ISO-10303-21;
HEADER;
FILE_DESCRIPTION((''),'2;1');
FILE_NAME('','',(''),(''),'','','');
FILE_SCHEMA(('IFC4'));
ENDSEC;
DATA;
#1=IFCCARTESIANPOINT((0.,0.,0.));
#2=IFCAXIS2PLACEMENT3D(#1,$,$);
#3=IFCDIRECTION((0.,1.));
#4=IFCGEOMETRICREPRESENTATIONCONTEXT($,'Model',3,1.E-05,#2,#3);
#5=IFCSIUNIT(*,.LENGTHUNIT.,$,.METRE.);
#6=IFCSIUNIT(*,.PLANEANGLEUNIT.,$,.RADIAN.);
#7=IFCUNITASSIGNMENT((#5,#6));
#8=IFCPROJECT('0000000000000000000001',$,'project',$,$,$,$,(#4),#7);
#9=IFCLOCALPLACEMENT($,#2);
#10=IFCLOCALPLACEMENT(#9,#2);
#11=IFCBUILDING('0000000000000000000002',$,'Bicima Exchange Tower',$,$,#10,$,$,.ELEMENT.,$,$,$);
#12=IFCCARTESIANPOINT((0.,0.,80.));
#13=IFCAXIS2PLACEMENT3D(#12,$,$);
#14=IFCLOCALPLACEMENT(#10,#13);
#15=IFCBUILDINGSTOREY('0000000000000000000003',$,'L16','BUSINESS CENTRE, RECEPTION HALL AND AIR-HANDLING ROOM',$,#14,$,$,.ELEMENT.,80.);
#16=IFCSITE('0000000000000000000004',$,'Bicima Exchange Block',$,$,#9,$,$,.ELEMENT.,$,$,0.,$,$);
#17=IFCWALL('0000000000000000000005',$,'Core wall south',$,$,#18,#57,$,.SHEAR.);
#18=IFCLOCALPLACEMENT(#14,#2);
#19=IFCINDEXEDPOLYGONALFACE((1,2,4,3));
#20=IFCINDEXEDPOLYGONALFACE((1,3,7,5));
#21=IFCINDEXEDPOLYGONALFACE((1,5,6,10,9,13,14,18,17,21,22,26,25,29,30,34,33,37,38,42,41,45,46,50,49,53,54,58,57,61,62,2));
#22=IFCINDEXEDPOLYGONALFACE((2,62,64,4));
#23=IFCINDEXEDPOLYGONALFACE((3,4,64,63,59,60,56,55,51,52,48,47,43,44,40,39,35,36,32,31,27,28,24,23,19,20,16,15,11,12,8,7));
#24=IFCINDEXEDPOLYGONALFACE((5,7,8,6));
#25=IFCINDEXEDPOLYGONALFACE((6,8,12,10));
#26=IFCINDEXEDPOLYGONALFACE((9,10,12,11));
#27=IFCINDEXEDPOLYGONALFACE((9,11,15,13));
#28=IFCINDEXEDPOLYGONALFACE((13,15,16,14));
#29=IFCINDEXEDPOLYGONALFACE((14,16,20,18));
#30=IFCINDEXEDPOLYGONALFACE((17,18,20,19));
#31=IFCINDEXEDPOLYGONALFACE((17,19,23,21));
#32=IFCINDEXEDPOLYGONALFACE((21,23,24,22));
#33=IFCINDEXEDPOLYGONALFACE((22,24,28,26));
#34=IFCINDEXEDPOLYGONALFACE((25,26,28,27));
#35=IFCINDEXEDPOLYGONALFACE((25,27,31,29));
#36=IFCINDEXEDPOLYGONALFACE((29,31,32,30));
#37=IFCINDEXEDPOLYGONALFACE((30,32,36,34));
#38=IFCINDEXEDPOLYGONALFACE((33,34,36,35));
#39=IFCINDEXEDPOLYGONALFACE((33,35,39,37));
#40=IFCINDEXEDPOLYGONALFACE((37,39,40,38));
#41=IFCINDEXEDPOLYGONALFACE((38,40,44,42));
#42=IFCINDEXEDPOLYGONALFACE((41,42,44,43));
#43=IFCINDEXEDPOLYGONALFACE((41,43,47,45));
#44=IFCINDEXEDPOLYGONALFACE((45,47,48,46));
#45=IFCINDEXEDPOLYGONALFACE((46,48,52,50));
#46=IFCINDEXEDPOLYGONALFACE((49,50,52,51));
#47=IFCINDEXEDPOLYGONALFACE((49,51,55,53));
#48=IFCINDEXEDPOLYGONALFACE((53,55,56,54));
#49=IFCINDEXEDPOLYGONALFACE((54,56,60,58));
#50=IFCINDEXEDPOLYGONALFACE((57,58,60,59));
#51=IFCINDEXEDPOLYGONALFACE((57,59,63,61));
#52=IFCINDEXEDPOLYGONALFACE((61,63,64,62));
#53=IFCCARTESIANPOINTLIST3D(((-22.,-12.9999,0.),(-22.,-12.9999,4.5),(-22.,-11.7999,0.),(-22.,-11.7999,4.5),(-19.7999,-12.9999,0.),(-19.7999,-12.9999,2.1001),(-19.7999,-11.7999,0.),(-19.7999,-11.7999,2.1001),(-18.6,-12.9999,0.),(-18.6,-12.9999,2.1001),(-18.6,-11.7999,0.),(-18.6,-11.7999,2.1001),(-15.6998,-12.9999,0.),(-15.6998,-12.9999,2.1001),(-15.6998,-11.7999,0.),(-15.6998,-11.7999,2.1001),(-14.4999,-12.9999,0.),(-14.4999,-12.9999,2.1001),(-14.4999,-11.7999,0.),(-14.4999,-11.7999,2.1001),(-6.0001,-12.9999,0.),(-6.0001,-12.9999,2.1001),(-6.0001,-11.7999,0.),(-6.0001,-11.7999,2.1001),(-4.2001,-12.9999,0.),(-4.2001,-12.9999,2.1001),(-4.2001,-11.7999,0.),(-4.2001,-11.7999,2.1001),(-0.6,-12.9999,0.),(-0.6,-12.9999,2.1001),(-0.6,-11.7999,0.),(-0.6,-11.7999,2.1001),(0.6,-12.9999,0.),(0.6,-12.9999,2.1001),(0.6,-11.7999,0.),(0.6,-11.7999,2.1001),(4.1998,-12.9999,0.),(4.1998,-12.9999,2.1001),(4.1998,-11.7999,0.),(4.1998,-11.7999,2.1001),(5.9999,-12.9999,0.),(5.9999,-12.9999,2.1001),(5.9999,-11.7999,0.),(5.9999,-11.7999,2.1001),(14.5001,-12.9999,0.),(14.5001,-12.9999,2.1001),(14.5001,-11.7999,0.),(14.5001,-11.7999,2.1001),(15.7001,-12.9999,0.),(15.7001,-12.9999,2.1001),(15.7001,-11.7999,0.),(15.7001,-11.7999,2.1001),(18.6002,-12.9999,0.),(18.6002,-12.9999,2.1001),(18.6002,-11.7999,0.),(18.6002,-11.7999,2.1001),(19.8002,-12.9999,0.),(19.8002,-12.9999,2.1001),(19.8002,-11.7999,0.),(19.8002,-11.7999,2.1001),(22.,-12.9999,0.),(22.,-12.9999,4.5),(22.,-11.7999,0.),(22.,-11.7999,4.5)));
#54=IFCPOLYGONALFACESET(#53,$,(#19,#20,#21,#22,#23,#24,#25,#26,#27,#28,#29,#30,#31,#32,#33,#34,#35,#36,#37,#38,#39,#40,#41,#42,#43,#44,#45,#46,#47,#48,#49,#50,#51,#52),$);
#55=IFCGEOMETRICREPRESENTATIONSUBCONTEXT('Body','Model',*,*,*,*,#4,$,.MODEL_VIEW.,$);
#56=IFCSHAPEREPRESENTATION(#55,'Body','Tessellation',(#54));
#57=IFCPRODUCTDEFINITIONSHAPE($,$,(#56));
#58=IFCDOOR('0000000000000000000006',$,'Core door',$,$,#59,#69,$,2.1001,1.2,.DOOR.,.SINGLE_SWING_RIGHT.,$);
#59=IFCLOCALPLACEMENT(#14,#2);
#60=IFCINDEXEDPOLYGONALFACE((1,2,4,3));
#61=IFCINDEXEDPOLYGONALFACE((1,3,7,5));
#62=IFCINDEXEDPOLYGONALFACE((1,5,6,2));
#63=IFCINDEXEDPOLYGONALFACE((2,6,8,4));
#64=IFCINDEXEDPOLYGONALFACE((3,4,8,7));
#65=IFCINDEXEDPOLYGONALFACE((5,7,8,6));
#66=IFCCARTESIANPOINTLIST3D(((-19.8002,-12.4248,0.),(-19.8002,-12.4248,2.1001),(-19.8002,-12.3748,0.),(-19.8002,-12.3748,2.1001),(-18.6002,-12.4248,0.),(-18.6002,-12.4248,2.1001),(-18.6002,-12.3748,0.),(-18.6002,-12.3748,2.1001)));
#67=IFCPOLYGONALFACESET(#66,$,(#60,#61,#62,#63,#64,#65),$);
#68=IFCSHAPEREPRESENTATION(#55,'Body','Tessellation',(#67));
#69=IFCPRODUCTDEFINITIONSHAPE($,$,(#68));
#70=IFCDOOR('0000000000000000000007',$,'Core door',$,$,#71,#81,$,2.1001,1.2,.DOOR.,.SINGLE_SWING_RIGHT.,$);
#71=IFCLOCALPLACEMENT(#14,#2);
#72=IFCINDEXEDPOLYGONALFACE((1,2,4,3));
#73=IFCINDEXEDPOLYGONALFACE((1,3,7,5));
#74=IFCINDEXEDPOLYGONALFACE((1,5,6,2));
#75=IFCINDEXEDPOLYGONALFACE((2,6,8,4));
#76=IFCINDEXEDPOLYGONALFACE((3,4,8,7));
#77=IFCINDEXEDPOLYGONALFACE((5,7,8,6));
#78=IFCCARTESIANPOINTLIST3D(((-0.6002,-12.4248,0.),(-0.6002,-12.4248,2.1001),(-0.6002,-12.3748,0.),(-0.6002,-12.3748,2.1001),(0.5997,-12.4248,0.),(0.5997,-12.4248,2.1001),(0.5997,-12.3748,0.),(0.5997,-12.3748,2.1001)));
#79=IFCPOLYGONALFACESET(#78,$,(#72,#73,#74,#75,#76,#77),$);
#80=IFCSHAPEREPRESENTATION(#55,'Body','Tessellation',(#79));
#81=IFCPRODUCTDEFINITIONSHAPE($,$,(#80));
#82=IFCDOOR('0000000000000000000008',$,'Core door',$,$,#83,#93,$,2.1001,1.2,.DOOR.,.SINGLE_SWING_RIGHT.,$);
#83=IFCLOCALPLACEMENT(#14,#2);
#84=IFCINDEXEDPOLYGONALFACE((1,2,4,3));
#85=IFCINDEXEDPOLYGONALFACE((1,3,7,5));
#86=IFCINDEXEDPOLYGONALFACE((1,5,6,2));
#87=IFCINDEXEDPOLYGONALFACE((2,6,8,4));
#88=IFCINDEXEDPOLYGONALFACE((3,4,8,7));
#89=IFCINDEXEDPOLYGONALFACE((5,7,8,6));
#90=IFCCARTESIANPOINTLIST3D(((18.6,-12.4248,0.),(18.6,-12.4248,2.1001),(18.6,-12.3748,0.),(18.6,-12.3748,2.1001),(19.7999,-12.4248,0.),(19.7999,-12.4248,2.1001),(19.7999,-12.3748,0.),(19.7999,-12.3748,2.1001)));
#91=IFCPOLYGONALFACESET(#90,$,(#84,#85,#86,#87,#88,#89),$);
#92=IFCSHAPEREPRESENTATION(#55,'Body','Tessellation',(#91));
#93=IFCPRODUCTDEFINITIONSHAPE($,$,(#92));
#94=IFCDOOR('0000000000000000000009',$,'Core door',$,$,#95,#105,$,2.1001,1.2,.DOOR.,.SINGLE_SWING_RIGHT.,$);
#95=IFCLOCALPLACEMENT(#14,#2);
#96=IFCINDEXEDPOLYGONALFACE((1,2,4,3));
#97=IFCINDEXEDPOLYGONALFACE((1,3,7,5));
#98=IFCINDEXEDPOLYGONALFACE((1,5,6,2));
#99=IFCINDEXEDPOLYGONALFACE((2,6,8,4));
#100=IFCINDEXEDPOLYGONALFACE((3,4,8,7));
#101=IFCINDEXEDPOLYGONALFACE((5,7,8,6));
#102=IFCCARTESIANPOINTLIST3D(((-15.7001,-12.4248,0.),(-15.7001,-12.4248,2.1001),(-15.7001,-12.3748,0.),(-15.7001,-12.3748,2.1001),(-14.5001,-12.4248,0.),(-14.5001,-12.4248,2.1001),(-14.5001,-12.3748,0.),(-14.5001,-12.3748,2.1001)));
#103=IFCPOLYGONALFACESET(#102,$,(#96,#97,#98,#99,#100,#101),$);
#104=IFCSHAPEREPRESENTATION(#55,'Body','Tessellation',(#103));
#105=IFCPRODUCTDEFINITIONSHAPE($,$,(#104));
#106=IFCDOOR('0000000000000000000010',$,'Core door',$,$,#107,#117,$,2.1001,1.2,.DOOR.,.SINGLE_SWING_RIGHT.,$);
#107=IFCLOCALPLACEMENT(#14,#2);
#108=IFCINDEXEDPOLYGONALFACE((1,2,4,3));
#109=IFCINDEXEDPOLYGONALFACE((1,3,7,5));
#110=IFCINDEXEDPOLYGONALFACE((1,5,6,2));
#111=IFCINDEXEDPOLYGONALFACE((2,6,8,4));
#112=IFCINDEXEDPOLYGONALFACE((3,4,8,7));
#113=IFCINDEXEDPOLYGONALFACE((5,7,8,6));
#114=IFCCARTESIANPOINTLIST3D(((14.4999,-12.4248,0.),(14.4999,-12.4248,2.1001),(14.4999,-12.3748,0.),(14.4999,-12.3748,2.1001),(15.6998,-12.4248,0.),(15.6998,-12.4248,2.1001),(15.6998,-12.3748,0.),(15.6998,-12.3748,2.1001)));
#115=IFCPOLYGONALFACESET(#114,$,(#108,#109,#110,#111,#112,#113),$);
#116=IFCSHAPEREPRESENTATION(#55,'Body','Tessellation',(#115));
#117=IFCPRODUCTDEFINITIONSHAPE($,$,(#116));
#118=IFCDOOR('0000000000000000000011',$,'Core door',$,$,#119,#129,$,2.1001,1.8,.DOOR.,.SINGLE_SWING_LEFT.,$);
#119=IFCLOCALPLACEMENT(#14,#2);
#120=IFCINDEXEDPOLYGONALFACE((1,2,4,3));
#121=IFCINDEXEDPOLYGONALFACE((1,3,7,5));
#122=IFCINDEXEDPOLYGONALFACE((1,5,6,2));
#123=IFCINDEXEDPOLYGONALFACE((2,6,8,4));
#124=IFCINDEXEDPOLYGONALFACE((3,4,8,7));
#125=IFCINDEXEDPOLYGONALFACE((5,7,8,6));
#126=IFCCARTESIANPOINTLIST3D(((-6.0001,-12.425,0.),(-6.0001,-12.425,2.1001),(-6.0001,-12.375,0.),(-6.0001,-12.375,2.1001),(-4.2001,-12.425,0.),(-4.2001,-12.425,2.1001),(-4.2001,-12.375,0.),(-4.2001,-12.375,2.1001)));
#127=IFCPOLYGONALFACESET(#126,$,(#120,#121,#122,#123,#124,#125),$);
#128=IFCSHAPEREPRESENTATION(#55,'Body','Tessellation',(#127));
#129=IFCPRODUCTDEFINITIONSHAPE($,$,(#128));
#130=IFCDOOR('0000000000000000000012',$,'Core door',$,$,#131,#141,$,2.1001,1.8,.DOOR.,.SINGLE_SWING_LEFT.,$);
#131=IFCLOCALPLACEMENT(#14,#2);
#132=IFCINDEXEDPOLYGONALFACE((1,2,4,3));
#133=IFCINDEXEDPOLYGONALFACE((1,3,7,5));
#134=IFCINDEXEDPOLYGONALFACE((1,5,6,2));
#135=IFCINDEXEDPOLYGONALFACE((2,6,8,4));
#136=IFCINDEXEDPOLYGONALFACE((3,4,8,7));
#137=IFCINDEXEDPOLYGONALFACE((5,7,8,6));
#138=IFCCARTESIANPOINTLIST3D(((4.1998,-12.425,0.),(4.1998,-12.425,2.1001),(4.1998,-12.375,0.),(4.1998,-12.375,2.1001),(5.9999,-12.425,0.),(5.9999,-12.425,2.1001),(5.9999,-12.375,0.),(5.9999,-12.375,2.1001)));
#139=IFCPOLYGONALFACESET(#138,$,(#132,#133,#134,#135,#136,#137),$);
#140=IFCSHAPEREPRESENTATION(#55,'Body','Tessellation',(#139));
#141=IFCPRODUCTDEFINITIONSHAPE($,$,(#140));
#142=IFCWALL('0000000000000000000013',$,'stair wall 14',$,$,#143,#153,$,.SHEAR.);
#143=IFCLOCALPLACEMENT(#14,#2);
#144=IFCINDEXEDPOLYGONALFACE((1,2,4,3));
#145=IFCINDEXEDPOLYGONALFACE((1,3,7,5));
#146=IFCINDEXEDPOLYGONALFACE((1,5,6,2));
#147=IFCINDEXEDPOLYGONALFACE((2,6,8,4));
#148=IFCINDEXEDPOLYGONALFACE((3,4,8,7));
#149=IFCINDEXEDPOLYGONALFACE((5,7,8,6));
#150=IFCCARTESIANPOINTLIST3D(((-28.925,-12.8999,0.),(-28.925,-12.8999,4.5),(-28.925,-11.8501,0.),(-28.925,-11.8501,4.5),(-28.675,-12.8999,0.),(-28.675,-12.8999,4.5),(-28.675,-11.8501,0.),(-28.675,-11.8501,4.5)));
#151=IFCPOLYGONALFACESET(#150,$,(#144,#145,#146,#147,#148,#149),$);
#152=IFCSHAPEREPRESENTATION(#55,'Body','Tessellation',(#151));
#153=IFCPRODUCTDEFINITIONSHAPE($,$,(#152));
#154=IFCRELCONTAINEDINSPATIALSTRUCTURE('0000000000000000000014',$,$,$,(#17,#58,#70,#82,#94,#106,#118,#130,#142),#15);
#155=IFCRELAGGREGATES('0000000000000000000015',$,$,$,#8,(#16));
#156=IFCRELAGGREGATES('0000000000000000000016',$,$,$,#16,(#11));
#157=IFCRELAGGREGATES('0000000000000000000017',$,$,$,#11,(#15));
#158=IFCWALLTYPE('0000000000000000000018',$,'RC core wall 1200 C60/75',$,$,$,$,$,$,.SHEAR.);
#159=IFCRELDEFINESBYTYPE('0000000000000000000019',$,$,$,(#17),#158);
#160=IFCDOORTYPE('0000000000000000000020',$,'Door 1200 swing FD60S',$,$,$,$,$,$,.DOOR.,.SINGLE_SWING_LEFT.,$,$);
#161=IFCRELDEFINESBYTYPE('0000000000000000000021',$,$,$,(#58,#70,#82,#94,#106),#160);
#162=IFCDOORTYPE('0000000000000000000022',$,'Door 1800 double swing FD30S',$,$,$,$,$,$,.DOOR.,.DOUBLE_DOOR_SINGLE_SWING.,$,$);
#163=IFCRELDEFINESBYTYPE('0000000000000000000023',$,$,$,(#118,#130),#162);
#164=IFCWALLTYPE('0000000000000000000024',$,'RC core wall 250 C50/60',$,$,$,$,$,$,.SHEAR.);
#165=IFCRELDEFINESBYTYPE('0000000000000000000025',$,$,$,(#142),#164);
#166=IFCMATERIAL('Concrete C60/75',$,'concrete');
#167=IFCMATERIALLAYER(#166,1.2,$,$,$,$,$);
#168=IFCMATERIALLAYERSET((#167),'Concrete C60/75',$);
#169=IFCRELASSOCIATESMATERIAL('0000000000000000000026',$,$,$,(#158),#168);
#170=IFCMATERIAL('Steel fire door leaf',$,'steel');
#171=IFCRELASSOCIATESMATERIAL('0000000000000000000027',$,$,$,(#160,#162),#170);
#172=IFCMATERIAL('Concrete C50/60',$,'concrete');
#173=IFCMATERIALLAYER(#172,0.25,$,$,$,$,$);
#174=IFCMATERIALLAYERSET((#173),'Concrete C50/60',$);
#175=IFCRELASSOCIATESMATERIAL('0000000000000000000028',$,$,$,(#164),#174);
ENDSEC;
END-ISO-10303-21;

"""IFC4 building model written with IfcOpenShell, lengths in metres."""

from ifc_helpers import new_model, si_unit, direction, frame, frame_2d, origin, place, context, subcontext, project, spatial, rectangle, extrude, material, layer, layer_set, type_object, element, fill, save


model = new_model("IFC4")

# Units and contexts
model_context = context("Model", 3, precision=1e-05, world=origin(), true_north=direction((0.0, 1.0)))
body_context = subcontext(model_context, "Body", "Model", "MODEL_VIEW")
ifc_project = project(units=[si_unit("LENGTHUNIT", "METRE"), si_unit("PLANEANGLEUNIT", "RADIAN")], contexts=[model_context])

# Site, building, storey
site_placement = place(None, origin())
site = spatial("IfcSite", under=ifc_project, at=site_placement, Name="Bicima Exchange Block", CompositionType="ELEMENT", RefElevation=0.0)
building_placement = place(site_placement, origin())
building = spatial("IfcBuilding", under=site, at=building_placement, Name="Bicima Exchange Tower", CompositionType="ELEMENT")
storey_placement = place(building_placement, frame((0.0, 0.0, 80.0)))
storey = spatial("IfcBuildingStorey", under=building, at=storey_placement, Name="L16", Description="BUSINESS CENTRE, RECEPTION HALL AND AIR-HANDLING ROOM", CompositionType="ELEMENT", Elevation=80.0)

# Shared definitions
ifc_material_1 = material(Name="Steel fire door leaf", Category="steel")

# Wall, openings, doors
ifc_material_2 = material(Name="Concrete C60/75", Category="concrete")
ifc_layer_1 = layer(ifc_material_2, 1.2)
ifc_layer_set_1 = layer_set([ifc_layer_1], Name="Concrete C60/75")
wall_type_1 = type_object("IfcWallType", Name="RC core wall 1200 C60/75", PredefinedType="SHEAR", material=ifc_layer_set_1)
wall_1_placement = place(storey_placement, frame((-22.0, -12.3999, 0.0), z_axis=(0.0, 0.0, 1.0), x_axis=(1.0, 0.0, 0.0)))
wall_1 = element("IfcWall", 1, at=wall_1_placement, inside=storey, type_object=wall_type_1, Name="Core wall south", PredefinedType="SHEAR", context=body_context, shape_type="SweptSolid", body=[
    extrude(rectangle(XDim=44.0, YDim=1.2, at=frame_2d((22.0, 0.0))), origin(), (0.0, 0.0, 1.0), 4.5),
])
opening_1_placement = place(wall_1_placement, frame((2.2, 0.0, 0.0)))
opening_1 = element("IfcOpeningElement", 2, at=opening_1_placement, cuts=wall_1, PredefinedType="OPENING", context=body_context, shape_type="SweptSolid", body=[
    extrude(rectangle(XDim=1.2, YDim=2.1001, at=frame_2d((0.6001, 1.05))), frame((0.0, 0.6118, 0.0), z_axis=(0.0, -1.0, 0.0), x_axis=(1.0, 0.0, 0.0)), (0.0, 0.0, 1.0), 1.2239),
])
opening_2_placement = place(wall_1_placement, frame((21.3999, 0.0, 0.0)))
opening_2 = element("IfcOpeningElement", 3, at=opening_2_placement, cuts=wall_1, PredefinedType="OPENING", context=body_context, shape_type="SweptSolid", body=[
    extrude(rectangle(XDim=1.2, YDim=2.1001, at=frame_2d((0.6001, 1.05))), frame((0.0, 0.6118, 0.0), z_axis=(0.0, -1.0, 0.0), x_axis=(1.0, 0.0, 0.0)), (0.0, 0.0, 1.0), 1.2239),
])
opening_3_placement = place(wall_1_placement, frame((40.6001, 0.0, 0.0)))
opening_3 = element("IfcOpeningElement", 4, at=opening_3_placement, cuts=wall_1, PredefinedType="OPENING", context=body_context, shape_type="SweptSolid", body=[
    extrude(rectangle(XDim=1.2, YDim=2.1001, at=frame_2d((0.6001, 1.05))), frame((0.0, 0.6118, 0.0), z_axis=(0.0, -1.0, 0.0), x_axis=(1.0, 0.0, 0.0)), (0.0, 0.0, 1.0), 1.2239),
])
opening_4_placement = place(wall_1_placement, frame((16.0, 0.0, 0.0)))
opening_4 = element("IfcOpeningElement", 5, at=opening_4_placement, cuts=wall_1, PredefinedType="OPENING", context=body_context, shape_type="SweptSolid", body=[
    extrude(rectangle(XDim=1.8, YDim=2.1001, at=frame_2d((0.8999, 1.05))), frame((0.0, 0.6118, 0.0), z_axis=(0.0, -1.0, 0.0), x_axis=(1.0, 0.0, 0.0)), (0.0, 0.0, 1.0), 1.2239),
])
opening_5_placement = place(wall_1_placement, frame((6.3, 0.0, 0.0)))
opening_5 = element("IfcOpeningElement", 6, at=opening_5_placement, cuts=wall_1, PredefinedType="OPENING", context=body_context, shape_type="SweptSolid", body=[
    extrude(rectangle(XDim=1.2, YDim=2.1001, at=frame_2d((0.6001, 1.05))), frame((0.0, 0.6118, 0.0), z_axis=(0.0, -1.0, 0.0), x_axis=(1.0, 0.0, 0.0)), (0.0, 0.0, 1.0), 1.2239),
])
opening_6_placement = place(wall_1_placement, frame((26.2, 0.0, 0.0)))
opening_6 = element("IfcOpeningElement", 7, at=opening_6_placement, cuts=wall_1, PredefinedType="OPENING", context=body_context, shape_type="SweptSolid", body=[
    extrude(rectangle(XDim=1.8, YDim=2.1001, at=frame_2d((0.8999, 1.05))), frame((0.0, 0.6118, 0.0), z_axis=(0.0, -1.0, 0.0), x_axis=(1.0, 0.0, 0.0)), (0.0, 0.0, 1.0), 1.2239),
])
opening_7_placement = place(wall_1_placement, frame((36.5, 0.0, 0.0)))
opening_7 = element("IfcOpeningElement", 8, at=opening_7_placement, cuts=wall_1, PredefinedType="OPENING", context=body_context, shape_type="SweptSolid", body=[
    extrude(rectangle(XDim=1.2, YDim=2.1001, at=frame_2d((0.6001, 1.05))), frame((0.0, 0.6118, 0.0), z_axis=(0.0, -1.0, 0.0), x_axis=(1.0, 0.0, 0.0)), (0.0, 0.0, 1.0), 1.2239),
])
door_type_1 = type_object("IfcDoorType", Name="Door 1200 swing FD60S", OperationType="SINGLE_SWING_LEFT", PredefinedType="DOOR", material=ifc_material_1)
door_1_placement = place(opening_1_placement, frame((1.2, 0.0, 0.0), z_axis=(0.0, 0.0, 1.0), x_axis=(-1.0, 0.0, 0.0)))
door_1 = element("IfcDoor", 9, at=door_1_placement, inside=storey, type_object=door_type_1, Name="Core door", OperationType="SINGLE_SWING_RIGHT", OverallHeight=2.1001, OverallWidth=1.2, PredefinedType="DOOR", context=body_context, shape_type="SweptSolid", body=[
    extrude(rectangle(XDim=1.2, YDim=2.1001, at=frame_2d((0.6001, 1.05))), frame((0.0, 0.0249, 0.0), z_axis=(0.0, -1.0, 0.0), x_axis=(1.0, 0.0, 0.0)), (0.0, 0.0, 1.0), 0.05),
])
fill(opening_1, door_1)
door_2_placement = place(opening_2_placement, frame((1.2, 0.0, 0.0), z_axis=(0.0, 0.0, 1.0), x_axis=(-1.0, 0.0, 0.0)))
door_2 = element("IfcDoor", 10, at=door_2_placement, inside=storey, type_object=door_type_1, Name="Core door", OperationType="SINGLE_SWING_RIGHT", OverallHeight=2.1001, OverallWidth=1.2, PredefinedType="DOOR", context=body_context, shape_type="SweptSolid", body=[
    extrude(rectangle(XDim=1.2, YDim=2.1001, at=frame_2d((0.6001, 1.05))), frame((0.0, 0.0249, 0.0), z_axis=(0.0, -1.0, 0.0), x_axis=(1.0, 0.0, 0.0)), (0.0, 0.0, 1.0), 0.05),
])
fill(opening_2, door_2)
door_3_placement = place(opening_3_placement, frame((1.2, 0.0, 0.0), z_axis=(0.0, 0.0, 1.0), x_axis=(-1.0, 0.0, 0.0)))
door_3 = element("IfcDoor", 11, at=door_3_placement, inside=storey, type_object=door_type_1, Name="Core door", OperationType="SINGLE_SWING_RIGHT", OverallHeight=2.1001, OverallWidth=1.2, PredefinedType="DOOR", context=body_context, shape_type="SweptSolid", body=[
    extrude(rectangle(XDim=1.2, YDim=2.1001, at=frame_2d((0.6001, 1.05))), frame((0.0, 0.0249, 0.0), z_axis=(0.0, -1.0, 0.0), x_axis=(1.0, 0.0, 0.0)), (0.0, 0.0, 1.0), 0.05),
])
fill(opening_3, door_3)
door_4_placement = place(opening_5_placement, frame((1.2, 0.0, 0.0), z_axis=(0.0, 0.0, 1.0), x_axis=(-1.0, 0.0, 0.0)))
door_4 = element("IfcDoor", 12, at=door_4_placement, inside=storey, type_object=door_type_1, Name="Core door", OperationType="SINGLE_SWING_RIGHT", OverallHeight=2.1001, OverallWidth=1.2, PredefinedType="DOOR", context=body_context, shape_type="SweptSolid", body=[
    extrude(rectangle(XDim=1.2, YDim=2.1001, at=frame_2d((0.6001, 1.05))), frame((0.0, 0.0249, 0.0), z_axis=(0.0, -1.0, 0.0), x_axis=(1.0, 0.0, 0.0)), (0.0, 0.0, 1.0), 0.05),
])
fill(opening_5, door_4)
door_5_placement = place(opening_7_placement, frame((1.2, 0.0, 0.0), z_axis=(0.0, 0.0, 1.0), x_axis=(-1.0, 0.0, 0.0)))
door_5 = element("IfcDoor", 13, at=door_5_placement, inside=storey, type_object=door_type_1, Name="Core door", OperationType="SINGLE_SWING_RIGHT", OverallHeight=2.1001, OverallWidth=1.2, PredefinedType="DOOR", context=body_context, shape_type="SweptSolid", body=[
    extrude(rectangle(XDim=1.2, YDim=2.1001, at=frame_2d((0.6001, 1.05))), frame((0.0, 0.0249, 0.0), z_axis=(0.0, -1.0, 0.0), x_axis=(1.0, 0.0, 0.0)), (0.0, 0.0, 1.0), 0.05),
])
fill(opening_7, door_5)
door_type_2 = type_object("IfcDoorType", Name="Door 1800 double swing FD30S", OperationType="DOUBLE_DOOR_SINGLE_SWING", PredefinedType="DOOR", material=ifc_material_1)
door_6_placement = place(opening_4_placement, origin())
door_6 = element("IfcDoor", 14, at=door_6_placement, inside=storey, type_object=door_type_2, Name="Core door", OperationType="SINGLE_SWING_LEFT", OverallHeight=2.1001, OverallWidth=1.8, PredefinedType="DOOR", context=body_context, shape_type="SweptSolid", body=[
    extrude(rectangle(XDim=1.8, YDim=2.1001, at=frame_2d((0.8999, 1.05))), frame((0.0, 0.0249, 0.0), z_axis=(0.0, -1.0, 0.0), x_axis=(1.0, 0.0, 0.0)), (0.0, 0.0, 1.0), 0.05),
])
fill(opening_4, door_6)
door_7_placement = place(opening_6_placement, origin())
door_7 = element("IfcDoor", 15, at=door_7_placement, inside=storey, type_object=door_type_2, Name="Core door", OperationType="SINGLE_SWING_LEFT", OverallHeight=2.1001, OverallWidth=1.8, PredefinedType="DOOR", context=body_context, shape_type="SweptSolid", body=[
    extrude(rectangle(XDim=1.8, YDim=2.1001, at=frame_2d((0.8999, 1.05))), frame((0.0, 0.0249, 0.0), z_axis=(0.0, -1.0, 0.0), x_axis=(1.0, 0.0, 0.0)), (0.0, 0.0, 1.0), 0.05),
])
fill(opening_6, door_7)

# Wall
ifc_material_3 = material(Name="Concrete C50/60", Category="concrete")
ifc_layer_2 = layer(ifc_material_3, 0.25)
ifc_layer_set_2 = layer_set([ifc_layer_2], Name="Concrete C50/60")
wall_type_2 = type_object("IfcWallType", Name="RC core wall 250 C50/60", PredefinedType="SHEAR", material=ifc_layer_set_2)
wall_2_placement = place(storey_placement, frame((-28.8, -12.8999, 0.0), z_axis=(0.0, 0.0, 1.0), x_axis=(0.0, 1.0, 0.0)))
element("IfcWall", 16, at=wall_2_placement, inside=storey, type_object=wall_type_2, Name="stair wall 14", PredefinedType="SHEAR", context=body_context, shape_type="SweptSolid", body=[
    extrude(rectangle(XDim=1.0498, YDim=0.25, at=frame_2d((0.5249, 0.0))), origin(), (0.0, 0.0, 1.0), 4.5),
])

save(model, "model.ifc")
